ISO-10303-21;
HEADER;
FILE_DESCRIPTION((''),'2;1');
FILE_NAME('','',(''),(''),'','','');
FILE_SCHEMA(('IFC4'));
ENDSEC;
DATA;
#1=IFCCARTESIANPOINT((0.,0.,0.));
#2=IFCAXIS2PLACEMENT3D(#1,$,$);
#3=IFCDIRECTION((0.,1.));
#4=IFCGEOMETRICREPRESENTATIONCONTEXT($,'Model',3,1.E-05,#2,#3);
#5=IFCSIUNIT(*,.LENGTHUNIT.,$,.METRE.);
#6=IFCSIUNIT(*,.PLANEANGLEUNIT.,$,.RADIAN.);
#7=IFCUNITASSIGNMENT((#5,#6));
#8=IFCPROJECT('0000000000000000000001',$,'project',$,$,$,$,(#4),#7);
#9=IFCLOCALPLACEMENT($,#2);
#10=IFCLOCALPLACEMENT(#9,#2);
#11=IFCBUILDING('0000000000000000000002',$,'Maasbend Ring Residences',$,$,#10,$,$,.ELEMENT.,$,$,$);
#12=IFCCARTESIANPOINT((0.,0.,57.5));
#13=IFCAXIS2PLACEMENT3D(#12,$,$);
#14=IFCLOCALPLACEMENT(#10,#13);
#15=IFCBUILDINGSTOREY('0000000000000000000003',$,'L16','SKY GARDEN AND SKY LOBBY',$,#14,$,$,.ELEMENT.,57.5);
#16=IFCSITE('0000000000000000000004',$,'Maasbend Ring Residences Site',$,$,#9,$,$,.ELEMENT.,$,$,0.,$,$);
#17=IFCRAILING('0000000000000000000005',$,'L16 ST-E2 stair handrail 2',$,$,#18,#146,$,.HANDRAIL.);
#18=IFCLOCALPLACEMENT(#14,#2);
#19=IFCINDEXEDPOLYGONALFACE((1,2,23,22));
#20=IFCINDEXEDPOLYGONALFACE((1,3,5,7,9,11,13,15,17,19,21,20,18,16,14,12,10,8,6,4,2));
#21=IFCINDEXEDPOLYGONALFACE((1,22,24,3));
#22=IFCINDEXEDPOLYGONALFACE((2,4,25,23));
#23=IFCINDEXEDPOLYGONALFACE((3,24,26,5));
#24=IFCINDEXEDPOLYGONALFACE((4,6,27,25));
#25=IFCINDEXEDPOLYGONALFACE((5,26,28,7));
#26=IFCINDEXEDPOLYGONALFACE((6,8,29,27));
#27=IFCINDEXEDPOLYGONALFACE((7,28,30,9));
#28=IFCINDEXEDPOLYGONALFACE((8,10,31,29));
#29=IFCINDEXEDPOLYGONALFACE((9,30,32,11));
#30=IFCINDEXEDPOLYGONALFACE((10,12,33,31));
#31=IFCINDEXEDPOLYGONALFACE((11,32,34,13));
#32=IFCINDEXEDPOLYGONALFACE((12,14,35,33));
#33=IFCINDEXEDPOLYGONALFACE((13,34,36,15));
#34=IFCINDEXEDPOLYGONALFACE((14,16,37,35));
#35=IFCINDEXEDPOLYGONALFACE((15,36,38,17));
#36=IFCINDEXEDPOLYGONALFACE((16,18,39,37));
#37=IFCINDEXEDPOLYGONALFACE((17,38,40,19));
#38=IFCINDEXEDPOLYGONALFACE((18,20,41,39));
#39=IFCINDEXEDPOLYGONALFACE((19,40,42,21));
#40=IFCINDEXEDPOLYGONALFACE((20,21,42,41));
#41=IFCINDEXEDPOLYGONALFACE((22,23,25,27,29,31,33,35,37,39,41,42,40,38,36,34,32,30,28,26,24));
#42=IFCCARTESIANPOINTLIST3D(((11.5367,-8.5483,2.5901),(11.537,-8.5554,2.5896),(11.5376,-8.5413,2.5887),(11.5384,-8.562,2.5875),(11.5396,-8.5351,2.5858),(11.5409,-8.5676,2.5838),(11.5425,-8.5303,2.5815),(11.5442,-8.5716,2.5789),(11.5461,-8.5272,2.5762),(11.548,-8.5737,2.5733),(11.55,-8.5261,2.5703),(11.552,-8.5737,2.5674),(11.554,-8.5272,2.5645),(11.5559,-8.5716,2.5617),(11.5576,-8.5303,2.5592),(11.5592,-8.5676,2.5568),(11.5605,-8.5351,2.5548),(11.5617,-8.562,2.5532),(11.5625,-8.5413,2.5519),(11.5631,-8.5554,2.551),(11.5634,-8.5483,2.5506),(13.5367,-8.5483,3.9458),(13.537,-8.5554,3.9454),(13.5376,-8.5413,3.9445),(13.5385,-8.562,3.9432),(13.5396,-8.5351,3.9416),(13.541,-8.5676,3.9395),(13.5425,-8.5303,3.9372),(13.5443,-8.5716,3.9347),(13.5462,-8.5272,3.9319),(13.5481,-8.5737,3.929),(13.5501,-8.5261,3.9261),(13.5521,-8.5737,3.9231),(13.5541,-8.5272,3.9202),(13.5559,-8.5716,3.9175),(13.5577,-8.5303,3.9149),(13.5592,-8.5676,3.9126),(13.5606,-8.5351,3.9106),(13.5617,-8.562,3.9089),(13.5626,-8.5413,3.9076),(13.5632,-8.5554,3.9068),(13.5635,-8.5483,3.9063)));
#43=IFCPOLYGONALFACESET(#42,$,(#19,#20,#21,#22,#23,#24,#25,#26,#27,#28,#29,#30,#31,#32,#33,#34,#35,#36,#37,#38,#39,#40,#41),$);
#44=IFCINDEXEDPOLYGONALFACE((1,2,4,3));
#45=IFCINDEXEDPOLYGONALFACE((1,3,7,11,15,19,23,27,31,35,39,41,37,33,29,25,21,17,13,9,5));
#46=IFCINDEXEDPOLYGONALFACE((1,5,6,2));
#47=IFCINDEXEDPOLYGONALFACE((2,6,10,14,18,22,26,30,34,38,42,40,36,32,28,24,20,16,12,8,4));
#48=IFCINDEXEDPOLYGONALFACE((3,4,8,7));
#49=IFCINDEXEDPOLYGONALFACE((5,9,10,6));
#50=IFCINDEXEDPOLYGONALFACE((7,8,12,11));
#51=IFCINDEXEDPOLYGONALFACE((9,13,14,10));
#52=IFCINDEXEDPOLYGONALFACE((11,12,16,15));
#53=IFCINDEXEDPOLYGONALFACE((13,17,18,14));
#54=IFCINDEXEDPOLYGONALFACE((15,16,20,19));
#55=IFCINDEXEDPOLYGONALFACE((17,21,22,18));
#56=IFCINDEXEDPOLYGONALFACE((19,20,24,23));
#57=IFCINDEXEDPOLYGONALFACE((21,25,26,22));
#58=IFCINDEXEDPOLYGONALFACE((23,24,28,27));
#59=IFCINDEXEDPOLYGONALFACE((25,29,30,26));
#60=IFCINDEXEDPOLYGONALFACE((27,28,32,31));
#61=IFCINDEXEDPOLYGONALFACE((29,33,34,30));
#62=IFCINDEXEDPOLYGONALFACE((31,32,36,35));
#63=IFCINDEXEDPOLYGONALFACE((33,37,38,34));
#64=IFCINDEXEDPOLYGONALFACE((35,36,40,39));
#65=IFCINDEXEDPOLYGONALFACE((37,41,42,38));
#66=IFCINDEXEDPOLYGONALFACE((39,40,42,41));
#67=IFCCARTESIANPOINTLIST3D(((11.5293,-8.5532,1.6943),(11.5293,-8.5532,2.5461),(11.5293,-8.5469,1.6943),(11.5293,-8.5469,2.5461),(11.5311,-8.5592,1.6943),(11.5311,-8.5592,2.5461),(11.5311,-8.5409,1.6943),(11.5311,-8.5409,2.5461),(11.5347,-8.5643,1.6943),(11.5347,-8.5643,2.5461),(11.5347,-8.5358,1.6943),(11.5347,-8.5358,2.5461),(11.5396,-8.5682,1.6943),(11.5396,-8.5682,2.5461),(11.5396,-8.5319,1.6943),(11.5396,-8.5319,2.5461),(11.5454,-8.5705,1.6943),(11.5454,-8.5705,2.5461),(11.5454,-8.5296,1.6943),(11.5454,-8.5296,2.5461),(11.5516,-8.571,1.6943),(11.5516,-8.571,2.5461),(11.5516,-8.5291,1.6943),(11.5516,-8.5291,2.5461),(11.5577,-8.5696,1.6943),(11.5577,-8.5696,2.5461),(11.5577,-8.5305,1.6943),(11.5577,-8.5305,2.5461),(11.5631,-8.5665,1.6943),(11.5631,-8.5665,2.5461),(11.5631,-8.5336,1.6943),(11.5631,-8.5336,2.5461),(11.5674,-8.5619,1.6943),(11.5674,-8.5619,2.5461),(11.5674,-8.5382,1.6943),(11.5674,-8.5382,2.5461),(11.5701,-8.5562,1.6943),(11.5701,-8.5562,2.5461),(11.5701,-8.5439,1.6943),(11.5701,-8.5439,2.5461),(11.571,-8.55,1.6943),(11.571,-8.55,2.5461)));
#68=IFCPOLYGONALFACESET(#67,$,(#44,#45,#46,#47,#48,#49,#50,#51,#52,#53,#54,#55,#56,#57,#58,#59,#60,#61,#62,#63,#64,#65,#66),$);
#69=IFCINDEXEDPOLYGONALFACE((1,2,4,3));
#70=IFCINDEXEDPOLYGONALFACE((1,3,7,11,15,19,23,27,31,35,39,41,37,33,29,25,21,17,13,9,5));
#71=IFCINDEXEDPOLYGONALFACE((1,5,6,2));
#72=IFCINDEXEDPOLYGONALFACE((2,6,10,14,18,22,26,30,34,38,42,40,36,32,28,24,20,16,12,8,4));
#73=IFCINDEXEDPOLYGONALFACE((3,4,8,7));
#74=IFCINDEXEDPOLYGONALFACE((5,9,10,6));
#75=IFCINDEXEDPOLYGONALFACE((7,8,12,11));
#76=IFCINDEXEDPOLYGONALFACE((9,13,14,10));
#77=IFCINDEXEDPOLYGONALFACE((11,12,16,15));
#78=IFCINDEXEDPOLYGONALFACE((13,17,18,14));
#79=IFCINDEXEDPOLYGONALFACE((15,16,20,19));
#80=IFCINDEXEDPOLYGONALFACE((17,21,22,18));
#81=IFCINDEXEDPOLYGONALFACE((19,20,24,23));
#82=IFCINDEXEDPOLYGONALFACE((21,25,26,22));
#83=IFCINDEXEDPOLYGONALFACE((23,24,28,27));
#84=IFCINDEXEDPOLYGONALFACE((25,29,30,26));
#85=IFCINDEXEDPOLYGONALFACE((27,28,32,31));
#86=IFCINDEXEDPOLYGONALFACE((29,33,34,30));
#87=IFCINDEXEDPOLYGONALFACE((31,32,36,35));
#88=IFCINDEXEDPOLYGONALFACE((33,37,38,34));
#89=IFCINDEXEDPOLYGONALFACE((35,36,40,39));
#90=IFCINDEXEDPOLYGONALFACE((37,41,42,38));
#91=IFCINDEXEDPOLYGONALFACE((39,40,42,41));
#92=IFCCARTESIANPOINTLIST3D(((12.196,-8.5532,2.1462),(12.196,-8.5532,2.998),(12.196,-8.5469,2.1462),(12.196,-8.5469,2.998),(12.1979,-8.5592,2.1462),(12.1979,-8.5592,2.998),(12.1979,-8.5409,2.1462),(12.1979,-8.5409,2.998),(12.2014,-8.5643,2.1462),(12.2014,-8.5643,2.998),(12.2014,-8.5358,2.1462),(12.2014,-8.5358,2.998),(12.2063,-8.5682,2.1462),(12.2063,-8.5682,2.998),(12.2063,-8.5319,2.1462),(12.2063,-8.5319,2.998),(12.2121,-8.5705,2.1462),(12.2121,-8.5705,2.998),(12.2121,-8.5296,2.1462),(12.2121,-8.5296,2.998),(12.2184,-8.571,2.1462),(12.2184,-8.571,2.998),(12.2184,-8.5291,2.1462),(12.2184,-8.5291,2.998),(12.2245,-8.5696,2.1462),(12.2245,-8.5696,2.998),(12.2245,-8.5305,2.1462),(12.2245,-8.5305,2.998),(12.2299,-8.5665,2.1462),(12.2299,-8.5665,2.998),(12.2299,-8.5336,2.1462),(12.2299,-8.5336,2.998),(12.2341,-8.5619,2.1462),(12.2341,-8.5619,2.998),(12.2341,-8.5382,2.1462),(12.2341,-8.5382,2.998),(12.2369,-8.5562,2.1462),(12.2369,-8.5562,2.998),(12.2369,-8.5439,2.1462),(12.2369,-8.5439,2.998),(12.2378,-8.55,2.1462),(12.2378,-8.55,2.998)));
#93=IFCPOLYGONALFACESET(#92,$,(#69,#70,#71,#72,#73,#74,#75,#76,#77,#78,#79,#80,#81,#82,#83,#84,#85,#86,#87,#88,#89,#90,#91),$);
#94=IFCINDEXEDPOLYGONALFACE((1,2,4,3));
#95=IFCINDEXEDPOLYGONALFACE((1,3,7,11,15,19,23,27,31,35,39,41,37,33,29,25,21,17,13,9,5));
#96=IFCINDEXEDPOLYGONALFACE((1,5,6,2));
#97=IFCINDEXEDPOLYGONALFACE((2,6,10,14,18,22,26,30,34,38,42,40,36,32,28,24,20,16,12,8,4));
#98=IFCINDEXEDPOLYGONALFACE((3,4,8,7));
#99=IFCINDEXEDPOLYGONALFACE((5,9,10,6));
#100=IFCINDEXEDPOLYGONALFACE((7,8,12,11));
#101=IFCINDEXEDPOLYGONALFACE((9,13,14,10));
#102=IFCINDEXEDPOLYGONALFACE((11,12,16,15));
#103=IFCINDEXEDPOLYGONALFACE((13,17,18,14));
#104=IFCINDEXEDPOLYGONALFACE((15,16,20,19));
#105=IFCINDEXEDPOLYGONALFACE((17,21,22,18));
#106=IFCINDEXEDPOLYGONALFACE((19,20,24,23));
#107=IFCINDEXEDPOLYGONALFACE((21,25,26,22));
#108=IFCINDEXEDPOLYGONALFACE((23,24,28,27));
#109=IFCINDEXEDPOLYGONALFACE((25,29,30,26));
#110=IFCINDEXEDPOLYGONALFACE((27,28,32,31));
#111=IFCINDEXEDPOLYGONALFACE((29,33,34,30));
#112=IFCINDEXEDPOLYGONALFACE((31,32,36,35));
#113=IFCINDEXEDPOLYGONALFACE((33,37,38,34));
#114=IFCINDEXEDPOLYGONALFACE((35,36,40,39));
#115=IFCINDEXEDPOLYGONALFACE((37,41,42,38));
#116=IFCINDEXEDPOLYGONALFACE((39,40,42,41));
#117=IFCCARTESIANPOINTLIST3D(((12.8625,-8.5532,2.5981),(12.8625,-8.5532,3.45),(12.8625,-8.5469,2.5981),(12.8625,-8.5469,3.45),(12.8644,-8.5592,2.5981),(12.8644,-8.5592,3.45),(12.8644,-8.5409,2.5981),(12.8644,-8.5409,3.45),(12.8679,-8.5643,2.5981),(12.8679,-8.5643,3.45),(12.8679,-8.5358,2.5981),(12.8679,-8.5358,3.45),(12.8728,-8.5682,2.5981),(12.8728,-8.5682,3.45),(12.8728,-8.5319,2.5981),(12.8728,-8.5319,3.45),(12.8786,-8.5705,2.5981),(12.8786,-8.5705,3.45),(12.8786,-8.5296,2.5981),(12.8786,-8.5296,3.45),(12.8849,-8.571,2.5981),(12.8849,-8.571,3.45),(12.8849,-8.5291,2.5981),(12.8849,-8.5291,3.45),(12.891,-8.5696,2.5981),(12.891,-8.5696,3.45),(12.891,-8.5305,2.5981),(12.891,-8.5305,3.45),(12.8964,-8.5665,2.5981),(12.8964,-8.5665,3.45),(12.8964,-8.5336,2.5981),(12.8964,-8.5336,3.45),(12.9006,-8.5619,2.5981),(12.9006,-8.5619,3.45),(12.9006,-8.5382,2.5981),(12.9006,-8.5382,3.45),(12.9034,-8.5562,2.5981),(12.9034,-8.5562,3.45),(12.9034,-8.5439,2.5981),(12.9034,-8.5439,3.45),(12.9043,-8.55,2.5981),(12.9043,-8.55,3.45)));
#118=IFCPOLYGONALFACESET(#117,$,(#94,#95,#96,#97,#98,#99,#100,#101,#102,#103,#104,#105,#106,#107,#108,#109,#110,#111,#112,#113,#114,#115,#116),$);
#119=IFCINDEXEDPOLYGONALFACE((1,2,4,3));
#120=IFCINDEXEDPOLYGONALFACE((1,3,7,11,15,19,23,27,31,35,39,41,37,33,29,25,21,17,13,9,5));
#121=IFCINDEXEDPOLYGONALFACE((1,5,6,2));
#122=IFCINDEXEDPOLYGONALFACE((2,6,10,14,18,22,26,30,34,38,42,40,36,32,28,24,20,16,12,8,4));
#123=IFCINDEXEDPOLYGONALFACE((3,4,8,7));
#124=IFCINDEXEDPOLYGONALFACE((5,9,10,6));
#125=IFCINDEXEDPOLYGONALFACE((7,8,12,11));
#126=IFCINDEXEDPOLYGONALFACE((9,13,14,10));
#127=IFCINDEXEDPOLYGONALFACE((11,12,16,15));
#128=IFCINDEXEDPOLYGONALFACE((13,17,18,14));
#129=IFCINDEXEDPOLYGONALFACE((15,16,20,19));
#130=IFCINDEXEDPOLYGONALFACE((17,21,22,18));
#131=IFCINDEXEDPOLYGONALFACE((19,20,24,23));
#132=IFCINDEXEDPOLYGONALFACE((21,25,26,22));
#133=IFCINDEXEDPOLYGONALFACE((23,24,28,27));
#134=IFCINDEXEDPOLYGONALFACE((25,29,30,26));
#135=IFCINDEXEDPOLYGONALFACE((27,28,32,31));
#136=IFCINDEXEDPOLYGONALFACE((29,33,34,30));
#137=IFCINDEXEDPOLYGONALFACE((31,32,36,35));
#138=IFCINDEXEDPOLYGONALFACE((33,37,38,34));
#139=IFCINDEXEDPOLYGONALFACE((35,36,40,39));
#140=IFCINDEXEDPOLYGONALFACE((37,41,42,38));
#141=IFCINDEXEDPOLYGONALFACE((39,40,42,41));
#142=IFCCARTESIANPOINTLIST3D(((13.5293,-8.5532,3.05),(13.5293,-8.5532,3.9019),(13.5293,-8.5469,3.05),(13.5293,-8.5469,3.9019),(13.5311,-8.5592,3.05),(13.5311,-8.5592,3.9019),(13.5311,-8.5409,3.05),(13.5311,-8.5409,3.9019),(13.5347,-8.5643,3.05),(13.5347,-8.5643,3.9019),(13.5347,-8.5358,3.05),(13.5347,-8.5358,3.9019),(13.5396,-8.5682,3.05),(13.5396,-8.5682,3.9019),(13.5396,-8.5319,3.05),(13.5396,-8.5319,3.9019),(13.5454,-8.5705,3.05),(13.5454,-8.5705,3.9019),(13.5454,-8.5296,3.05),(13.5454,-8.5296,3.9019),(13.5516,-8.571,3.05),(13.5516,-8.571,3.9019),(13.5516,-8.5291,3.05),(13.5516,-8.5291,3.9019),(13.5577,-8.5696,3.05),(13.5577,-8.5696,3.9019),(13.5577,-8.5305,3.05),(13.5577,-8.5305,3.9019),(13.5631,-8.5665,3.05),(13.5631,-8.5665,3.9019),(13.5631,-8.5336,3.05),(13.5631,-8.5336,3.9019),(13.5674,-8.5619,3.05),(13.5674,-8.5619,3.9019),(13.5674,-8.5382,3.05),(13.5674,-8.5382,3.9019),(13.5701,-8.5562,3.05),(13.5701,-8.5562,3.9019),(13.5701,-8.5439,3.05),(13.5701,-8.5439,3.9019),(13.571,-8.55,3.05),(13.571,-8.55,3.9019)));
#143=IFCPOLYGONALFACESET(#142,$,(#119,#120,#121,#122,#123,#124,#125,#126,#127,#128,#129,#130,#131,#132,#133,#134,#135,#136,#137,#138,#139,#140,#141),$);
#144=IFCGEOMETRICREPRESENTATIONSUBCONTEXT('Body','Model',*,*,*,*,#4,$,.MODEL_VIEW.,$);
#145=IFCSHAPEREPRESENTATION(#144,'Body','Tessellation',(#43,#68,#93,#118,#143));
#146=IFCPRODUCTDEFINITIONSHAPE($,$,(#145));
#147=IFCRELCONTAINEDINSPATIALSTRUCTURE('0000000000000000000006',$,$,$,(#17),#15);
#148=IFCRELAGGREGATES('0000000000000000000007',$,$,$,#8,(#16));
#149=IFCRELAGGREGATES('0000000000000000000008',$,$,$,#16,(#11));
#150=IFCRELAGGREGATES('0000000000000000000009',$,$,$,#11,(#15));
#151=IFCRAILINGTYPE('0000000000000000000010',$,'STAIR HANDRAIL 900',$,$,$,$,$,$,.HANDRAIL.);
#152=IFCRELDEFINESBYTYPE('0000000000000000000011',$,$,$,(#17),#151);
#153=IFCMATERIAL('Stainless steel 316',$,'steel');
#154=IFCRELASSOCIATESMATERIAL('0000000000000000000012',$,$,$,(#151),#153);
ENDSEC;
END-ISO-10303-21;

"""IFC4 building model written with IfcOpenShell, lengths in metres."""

from ifc_helpers import new_model, si_unit, direction, frame, origin, origin_2d, place, context, subcontext, project, spatial, circle, extrude, material, type_object, element, save


model = new_model("IFC4")

# Units and contexts
model_context = context("Model", 3, precision=1e-05, world=origin(), true_north=direction((0.0, 1.0)))
body_context = subcontext(model_context, "Body", "Model", "MODEL_VIEW")
ifc_project = project(units=[si_unit("LENGTHUNIT", "METRE"), si_unit("PLANEANGLEUNIT", "RADIAN")], contexts=[model_context])

# Site, building, storey
site_placement = place(None, origin())
site = spatial("IfcSite", under=ifc_project, at=site_placement, Name="Maasbend Ring Residences Site", CompositionType="ELEMENT", RefElevation=0.0)
building_placement = place(site_placement, origin())
building = spatial("IfcBuilding", under=site, at=building_placement, Name="Maasbend Ring Residences", CompositionType="ELEMENT")
storey_placement = place(building_placement, frame((0.0, 0.0, 57.5)))
storey = spatial("IfcBuildingStorey", under=building, at=storey_placement, Name="L16", Description="SKY GARDEN AND SKY LOBBY", CompositionType="ELEMENT", Elevation=57.5)

# Railing
ifc_material_1 = material(Name="Stainless steel 316", Category="steel")
railing_type_1 = type_object("IfcRailingType", Name="STAIR HANDRAIL 900", PredefinedType="HANDRAIL", material=ifc_material_1)
railing_1_placement = place(storey_placement, frame((11.55, -8.55, 1.6943)))
element("IfcRailing", 1, at=railing_1_placement, inside=storey, type_object=railing_type_1, Name="L16 ST-E2 stair handrail 2", PredefinedType="HANDRAIL", context=body_context, shape_type="SweptSolid", body=[
    extrude(circle(Radius=0.0239, at=origin_2d()), frame((0.0, 0.0, 0.876), z_axis=(0.827751, 0.0, 0.561096), x_axis=(0.0, 1.0, 0.0)), (0.0, 0.0, 1.0), 2.4163),
    extrude(circle(Radius=0.021, at=origin_2d()), origin(), (0.0, 0.0, 1.0), 0.8518),
    extrude(circle(Radius=0.021, at=origin_2d()), frame((0.6667, 0.0, 0.4519)), (0.0, 0.0, 1.0), 0.8518),
    extrude(circle(Radius=0.021, at=origin_2d()), frame((1.3333, 0.0, 0.9038)), (0.0, 0.0, 1.0), 0.8518),
    extrude(circle(Radius=0.021, at=origin_2d()), frame((2.0, 0.0, 1.3557)), (0.0, 0.0, 1.0), 0.8518),
])

save(model, "model.ifc")
